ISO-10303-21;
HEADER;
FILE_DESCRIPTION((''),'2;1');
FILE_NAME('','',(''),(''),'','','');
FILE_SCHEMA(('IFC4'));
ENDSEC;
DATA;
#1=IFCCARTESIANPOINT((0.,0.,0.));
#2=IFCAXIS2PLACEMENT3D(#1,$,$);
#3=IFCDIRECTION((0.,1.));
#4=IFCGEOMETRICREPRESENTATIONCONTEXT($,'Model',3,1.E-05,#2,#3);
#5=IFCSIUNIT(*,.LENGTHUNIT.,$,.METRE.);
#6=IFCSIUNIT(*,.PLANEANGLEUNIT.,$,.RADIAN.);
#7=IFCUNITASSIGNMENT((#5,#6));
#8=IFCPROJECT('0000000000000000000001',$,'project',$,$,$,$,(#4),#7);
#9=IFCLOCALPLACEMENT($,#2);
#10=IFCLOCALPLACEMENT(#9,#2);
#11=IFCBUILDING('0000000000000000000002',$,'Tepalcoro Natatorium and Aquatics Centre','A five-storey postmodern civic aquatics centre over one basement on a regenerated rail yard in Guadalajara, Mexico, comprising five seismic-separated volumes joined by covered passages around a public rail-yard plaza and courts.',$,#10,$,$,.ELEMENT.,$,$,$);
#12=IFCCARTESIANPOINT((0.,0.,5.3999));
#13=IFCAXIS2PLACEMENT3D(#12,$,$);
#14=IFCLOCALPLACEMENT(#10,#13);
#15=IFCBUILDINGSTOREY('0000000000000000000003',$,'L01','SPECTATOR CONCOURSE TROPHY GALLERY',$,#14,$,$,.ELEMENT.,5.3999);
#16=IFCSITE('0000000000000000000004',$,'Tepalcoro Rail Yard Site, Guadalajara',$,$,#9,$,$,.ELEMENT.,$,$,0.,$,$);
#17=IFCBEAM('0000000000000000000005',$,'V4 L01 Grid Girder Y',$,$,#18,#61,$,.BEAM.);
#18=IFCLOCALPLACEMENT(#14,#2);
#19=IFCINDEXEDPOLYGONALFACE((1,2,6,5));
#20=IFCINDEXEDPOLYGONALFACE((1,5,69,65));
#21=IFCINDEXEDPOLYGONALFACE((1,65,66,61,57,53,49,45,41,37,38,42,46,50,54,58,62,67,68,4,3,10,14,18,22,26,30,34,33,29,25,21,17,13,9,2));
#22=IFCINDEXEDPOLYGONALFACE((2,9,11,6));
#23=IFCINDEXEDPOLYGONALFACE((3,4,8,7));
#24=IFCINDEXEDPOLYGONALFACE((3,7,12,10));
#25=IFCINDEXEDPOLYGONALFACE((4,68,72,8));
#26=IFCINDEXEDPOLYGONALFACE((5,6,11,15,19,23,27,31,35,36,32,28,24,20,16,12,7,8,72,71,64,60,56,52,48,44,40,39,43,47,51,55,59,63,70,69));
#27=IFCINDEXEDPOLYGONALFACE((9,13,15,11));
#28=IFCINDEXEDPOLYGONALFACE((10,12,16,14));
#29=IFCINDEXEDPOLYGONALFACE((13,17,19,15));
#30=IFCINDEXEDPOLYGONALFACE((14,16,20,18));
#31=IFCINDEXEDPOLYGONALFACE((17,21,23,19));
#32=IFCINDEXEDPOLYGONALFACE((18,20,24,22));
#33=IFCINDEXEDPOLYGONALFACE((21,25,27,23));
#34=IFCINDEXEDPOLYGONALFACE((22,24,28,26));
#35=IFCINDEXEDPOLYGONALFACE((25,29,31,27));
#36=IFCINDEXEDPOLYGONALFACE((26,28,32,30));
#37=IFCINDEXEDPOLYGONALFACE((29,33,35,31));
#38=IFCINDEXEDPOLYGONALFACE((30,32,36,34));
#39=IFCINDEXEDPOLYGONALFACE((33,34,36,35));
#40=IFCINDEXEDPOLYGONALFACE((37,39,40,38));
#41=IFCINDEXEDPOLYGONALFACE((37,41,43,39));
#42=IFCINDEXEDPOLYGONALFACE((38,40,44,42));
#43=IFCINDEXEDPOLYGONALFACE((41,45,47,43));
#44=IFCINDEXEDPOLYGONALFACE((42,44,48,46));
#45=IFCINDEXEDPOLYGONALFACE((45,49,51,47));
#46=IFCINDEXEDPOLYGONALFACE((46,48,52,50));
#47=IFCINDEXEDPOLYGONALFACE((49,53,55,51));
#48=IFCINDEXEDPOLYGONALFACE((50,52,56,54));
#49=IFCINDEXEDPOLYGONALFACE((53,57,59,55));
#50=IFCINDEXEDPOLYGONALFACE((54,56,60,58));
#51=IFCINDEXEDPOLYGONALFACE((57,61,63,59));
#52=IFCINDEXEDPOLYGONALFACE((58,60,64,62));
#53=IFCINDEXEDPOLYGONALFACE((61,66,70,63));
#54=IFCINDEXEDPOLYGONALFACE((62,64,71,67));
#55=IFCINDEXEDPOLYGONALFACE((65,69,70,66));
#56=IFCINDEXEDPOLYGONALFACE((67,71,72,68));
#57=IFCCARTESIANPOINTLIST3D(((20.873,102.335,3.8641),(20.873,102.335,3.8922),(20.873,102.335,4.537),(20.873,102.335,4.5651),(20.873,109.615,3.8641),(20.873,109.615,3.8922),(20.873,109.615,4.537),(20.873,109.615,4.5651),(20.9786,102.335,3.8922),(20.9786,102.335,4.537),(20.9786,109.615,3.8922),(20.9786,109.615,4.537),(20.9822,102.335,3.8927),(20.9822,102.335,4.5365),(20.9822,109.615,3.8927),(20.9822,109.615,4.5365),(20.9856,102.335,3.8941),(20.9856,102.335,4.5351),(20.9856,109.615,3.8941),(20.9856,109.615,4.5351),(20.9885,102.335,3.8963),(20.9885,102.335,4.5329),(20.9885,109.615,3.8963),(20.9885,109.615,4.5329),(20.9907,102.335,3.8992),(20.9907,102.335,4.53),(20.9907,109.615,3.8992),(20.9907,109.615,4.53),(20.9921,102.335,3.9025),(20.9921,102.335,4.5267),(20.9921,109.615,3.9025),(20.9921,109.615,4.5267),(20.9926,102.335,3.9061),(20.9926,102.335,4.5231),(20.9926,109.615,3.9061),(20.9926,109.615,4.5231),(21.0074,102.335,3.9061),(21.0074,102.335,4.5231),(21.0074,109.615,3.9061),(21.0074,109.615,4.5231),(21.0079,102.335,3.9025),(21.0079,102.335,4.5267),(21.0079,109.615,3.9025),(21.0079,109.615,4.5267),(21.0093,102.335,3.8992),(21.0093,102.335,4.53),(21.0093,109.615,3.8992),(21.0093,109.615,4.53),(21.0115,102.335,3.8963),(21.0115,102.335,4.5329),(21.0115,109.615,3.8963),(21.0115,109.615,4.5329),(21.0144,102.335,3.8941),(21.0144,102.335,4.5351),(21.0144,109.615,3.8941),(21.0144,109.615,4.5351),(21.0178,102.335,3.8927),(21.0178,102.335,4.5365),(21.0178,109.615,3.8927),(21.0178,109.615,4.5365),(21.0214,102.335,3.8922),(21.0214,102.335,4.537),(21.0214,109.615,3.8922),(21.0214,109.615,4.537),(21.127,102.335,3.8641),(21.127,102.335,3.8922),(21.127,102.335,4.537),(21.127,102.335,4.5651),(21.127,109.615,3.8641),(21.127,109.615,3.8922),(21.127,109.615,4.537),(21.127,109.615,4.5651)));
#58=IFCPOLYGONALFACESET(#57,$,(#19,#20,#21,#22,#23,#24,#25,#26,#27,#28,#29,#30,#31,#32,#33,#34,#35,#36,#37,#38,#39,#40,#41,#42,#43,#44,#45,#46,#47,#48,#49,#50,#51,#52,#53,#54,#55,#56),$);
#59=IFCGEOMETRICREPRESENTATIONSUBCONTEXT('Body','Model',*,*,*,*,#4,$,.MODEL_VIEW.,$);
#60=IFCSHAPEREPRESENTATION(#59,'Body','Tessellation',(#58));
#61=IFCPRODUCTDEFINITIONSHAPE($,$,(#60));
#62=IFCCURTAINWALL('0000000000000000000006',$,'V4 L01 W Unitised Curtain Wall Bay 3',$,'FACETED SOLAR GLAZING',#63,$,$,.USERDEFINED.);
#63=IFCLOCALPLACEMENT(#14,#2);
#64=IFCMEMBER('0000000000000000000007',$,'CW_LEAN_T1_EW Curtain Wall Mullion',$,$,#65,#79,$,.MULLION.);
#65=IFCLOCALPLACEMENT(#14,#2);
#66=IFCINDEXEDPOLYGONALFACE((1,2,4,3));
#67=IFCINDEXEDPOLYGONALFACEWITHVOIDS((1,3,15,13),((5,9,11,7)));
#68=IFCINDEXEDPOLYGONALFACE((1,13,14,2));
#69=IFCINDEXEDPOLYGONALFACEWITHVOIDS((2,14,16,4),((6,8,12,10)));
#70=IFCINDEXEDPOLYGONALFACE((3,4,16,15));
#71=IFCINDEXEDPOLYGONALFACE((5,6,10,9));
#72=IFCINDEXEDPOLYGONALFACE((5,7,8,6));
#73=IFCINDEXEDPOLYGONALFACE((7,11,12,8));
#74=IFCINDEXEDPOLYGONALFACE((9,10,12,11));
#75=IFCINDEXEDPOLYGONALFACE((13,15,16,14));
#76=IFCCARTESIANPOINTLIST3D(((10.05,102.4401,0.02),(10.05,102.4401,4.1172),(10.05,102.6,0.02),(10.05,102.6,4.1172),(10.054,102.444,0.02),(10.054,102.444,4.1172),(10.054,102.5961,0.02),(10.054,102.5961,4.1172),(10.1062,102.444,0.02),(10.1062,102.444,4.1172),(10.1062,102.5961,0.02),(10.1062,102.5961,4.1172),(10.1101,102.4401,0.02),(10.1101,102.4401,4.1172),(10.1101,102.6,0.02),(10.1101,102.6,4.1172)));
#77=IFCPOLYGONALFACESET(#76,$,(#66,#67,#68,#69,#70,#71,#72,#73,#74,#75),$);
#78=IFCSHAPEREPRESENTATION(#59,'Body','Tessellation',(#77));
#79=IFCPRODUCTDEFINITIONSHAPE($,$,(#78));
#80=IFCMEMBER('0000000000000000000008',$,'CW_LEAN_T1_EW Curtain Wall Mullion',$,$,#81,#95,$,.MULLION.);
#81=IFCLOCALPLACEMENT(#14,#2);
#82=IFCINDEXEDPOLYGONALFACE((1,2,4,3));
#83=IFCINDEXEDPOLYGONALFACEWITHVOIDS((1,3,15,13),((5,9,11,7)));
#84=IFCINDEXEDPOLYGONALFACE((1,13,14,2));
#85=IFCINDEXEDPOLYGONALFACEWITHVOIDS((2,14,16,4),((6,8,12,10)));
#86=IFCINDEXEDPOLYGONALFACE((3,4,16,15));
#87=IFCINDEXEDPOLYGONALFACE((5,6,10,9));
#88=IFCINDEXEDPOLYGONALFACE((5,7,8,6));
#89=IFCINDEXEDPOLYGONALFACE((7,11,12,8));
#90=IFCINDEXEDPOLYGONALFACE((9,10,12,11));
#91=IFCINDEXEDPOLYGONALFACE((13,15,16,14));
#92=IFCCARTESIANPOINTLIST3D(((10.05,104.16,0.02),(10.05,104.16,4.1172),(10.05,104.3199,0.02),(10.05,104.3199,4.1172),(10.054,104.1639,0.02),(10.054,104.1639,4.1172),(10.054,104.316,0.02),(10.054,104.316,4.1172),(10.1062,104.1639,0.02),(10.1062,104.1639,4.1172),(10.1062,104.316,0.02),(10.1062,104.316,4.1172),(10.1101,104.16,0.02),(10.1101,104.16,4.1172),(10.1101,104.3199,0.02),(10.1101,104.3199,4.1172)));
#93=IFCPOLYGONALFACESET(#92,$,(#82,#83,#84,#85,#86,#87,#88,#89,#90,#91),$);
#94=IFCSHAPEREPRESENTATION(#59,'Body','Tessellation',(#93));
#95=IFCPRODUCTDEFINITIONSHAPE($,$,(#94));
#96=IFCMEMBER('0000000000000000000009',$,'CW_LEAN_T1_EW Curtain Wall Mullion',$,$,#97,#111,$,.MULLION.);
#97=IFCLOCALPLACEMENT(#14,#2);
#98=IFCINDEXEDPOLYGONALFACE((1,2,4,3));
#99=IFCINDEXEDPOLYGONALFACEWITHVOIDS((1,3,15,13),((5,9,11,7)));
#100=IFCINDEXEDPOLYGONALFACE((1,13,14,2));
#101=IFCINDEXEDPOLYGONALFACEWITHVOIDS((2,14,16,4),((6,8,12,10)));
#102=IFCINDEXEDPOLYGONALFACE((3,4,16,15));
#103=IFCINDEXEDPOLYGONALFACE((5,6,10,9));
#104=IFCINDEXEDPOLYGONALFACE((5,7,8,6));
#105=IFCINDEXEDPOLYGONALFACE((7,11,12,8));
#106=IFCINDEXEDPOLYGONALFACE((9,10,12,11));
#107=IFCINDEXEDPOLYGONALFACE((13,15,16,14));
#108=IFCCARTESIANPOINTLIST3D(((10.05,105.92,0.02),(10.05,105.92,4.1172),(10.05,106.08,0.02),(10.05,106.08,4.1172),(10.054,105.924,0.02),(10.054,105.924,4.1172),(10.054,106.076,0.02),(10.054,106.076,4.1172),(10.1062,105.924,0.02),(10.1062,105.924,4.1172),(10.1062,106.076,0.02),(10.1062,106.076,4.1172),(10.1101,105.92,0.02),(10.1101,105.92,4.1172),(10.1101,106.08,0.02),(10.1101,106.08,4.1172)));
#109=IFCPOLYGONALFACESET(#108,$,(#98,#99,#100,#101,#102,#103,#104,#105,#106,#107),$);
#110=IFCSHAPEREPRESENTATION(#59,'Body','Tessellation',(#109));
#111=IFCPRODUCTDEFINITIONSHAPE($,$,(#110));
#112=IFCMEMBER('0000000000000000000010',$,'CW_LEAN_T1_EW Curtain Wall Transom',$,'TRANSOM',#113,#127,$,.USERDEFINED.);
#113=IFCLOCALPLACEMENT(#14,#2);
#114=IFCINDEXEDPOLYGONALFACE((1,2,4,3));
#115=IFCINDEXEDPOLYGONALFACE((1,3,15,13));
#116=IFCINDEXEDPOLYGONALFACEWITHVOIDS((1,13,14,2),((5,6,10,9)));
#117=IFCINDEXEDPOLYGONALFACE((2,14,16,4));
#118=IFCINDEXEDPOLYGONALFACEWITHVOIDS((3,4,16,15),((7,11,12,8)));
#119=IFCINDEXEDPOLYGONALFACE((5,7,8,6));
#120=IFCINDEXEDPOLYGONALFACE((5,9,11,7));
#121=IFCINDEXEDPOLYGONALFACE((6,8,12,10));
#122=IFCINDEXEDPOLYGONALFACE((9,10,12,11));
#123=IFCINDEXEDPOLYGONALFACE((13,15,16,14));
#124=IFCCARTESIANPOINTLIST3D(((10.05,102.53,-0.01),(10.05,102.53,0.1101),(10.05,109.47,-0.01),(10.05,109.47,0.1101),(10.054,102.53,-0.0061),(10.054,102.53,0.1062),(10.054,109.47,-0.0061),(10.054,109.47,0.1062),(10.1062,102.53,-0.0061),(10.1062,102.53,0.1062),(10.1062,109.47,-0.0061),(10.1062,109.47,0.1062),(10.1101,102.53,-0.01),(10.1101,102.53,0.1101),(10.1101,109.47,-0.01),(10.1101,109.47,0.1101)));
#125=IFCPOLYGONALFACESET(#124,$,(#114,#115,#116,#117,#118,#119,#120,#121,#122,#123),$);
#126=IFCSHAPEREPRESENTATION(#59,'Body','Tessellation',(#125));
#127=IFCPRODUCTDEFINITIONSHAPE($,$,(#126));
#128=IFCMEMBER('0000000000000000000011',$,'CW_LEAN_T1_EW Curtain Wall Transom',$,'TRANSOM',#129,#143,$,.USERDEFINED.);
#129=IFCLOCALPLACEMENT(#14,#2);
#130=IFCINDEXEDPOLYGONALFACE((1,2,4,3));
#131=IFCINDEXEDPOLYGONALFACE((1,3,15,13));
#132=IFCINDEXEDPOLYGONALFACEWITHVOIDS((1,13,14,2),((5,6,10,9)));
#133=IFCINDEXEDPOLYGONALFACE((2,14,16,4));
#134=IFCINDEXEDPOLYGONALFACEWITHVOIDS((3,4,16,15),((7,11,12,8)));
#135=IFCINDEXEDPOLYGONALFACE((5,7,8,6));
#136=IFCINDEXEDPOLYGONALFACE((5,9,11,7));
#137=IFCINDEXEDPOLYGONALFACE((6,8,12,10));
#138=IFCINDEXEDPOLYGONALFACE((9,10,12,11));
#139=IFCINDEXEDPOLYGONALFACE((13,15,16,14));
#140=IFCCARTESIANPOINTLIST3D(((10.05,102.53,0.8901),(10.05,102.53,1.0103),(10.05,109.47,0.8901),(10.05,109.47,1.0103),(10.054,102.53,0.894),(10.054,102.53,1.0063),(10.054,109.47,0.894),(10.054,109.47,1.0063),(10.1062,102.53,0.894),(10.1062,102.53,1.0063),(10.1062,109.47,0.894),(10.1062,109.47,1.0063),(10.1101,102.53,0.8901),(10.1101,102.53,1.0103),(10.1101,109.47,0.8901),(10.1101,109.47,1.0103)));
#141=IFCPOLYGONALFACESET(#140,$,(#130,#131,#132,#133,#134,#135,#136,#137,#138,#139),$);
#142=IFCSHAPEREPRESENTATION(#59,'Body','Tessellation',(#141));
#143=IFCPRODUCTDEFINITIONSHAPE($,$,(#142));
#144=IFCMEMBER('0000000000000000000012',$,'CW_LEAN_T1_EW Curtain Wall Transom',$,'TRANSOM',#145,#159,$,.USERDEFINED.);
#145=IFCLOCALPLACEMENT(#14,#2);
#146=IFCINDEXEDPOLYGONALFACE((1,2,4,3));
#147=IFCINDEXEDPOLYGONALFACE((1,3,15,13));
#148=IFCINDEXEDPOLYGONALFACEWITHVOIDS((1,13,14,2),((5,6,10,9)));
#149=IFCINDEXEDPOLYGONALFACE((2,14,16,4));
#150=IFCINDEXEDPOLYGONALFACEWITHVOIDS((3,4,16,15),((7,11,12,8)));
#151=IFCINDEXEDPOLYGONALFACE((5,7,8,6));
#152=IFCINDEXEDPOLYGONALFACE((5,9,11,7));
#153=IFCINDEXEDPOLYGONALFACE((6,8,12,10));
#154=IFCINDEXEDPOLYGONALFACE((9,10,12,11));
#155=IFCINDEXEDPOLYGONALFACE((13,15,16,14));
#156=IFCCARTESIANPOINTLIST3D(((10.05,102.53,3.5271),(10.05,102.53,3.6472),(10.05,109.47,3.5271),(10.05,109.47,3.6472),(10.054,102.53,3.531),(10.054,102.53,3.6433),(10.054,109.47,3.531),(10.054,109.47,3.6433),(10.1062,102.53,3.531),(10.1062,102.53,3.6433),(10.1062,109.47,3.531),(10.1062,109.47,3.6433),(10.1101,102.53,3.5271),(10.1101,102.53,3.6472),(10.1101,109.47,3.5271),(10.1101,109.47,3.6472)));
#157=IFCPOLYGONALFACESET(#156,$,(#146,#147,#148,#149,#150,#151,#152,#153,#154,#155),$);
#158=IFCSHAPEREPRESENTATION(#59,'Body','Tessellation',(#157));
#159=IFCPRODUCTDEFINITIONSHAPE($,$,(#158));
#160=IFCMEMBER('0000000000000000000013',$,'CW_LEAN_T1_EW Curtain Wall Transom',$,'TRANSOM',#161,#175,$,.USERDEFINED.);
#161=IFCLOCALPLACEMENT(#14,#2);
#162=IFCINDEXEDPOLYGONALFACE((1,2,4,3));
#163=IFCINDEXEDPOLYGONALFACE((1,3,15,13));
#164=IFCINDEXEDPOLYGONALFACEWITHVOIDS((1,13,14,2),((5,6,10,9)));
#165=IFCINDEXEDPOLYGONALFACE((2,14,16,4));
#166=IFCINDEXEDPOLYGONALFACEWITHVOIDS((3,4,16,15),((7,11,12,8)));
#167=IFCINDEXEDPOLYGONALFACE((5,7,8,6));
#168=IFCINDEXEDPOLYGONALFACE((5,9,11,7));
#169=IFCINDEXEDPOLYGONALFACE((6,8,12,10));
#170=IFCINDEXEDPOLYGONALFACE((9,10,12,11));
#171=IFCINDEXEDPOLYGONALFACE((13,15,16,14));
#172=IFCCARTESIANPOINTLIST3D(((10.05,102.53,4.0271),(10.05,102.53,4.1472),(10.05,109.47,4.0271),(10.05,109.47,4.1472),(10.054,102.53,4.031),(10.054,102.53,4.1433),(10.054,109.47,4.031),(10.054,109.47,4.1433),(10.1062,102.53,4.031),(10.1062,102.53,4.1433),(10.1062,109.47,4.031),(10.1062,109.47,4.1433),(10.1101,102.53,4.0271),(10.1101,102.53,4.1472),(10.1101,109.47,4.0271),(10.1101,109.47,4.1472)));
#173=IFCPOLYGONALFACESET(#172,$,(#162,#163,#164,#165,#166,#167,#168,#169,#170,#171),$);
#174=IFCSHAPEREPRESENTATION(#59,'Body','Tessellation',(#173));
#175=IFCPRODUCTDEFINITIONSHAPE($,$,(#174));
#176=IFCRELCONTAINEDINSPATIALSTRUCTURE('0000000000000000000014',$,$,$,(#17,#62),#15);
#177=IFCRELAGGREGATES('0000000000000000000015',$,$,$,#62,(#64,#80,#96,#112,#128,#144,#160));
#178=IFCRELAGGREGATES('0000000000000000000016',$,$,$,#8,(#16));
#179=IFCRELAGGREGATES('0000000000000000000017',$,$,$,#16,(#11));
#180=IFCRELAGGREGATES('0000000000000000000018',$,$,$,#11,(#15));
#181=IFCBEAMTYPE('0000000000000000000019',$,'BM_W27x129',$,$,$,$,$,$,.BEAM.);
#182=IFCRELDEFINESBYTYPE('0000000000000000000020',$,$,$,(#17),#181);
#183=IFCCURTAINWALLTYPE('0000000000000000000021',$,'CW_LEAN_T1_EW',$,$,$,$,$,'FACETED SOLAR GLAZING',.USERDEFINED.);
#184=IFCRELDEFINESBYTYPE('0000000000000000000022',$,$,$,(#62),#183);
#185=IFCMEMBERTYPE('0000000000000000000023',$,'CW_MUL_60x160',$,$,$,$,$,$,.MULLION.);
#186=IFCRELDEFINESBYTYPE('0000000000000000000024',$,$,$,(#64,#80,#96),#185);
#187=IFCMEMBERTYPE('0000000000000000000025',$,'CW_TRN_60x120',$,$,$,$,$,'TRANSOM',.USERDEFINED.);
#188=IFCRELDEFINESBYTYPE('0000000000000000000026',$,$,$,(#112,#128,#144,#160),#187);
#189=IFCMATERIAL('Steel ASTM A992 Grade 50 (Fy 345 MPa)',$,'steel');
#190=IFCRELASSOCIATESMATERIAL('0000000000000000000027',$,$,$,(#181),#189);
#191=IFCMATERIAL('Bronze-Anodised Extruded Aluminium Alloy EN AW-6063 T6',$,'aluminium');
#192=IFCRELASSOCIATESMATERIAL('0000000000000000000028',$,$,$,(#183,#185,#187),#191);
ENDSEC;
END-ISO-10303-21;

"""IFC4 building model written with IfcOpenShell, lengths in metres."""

from ifc_helpers import new_model, si_unit, direction, frame, origin, origin_2d, place, context, subcontext, project, spatial, hollow_rectangle, i_section, extrude, material, material_profile, profile_set, type_object, element, aggregate, save


model = new_model("IFC4")

# Units and contexts
model_context = context("Model", 3, precision=1e-05, world=origin(), true_north=direction((0.0, 1.0)))
body_context = subcontext(model_context, "Body", "Model", "MODEL_VIEW")
ifc_project = project(units=[si_unit("LENGTHUNIT", "METRE"), si_unit("PLANEANGLEUNIT", "RADIAN")], contexts=[model_context])

# Site, building, storey
site_placement = place(None, origin())
site = spatial("IfcSite", under=ifc_project, at=site_placement, Name="Tepalcoro Rail Yard Site, Guadalajara", CompositionType="ELEMENT", RefElevation=0.0)
building_placement = place(site_placement, origin())
building = spatial("IfcBuilding", under=site, at=building_placement, Name="Tepalcoro Natatorium and Aquatics Centre", Description="A five-storey postmodern civic aquatics centre over one basement on a regenerated rail yard in Guadalajara, Mexico, comprising five seismic-separated volumes joined by covered passages around a public rail-yard plaza and courts.", CompositionType="ELEMENT")
storey_placement = place(building_placement, frame((0.0, 0.0, 5.3999)))
storey = spatial("IfcBuildingStorey", under=building, at=storey_placement, Name="L01", Description="SPECTATOR CONCOURSE TROPHY GALLERY", CompositionType="ELEMENT", Elevation=5.3999)

# Beam
ifc_material_1 = material(Name="Steel ASTM A992 Grade 50 (Fy 345 MPa)", Category="steel")
ifc_material_profile_1 = material_profile(ifc_material_1, i_section(OverallWidth=0.2539, OverallDepth=0.7009, WebThickness=0.0149, FlangeThickness=0.0281, FilletRadius=0.0139, at=origin_2d()), Name="W27X129")
ifc_profile_set_1 = profile_set([ifc_material_profile_1], Name="Steel ASTM A992 Grade 50 (Fy 345 MPa)")
beam_type_1 = type_object("IfcBeamType", Name="BM_W27x129", PredefinedType="BEAM", material=ifc_profile_set_1)
beam_1_placement = place(storey_placement, frame((21.0, 102.335, 4.2146), z_axis=(0.0, 1.0, 0.0), x_axis=(-1.0, 0.0, 0.0)))
element("IfcBeam", 1, at=beam_1_placement, inside=storey, type_object=beam_type_1, Name="V4 L01 Grid Girder Y", PredefinedType="BEAM", context=body_context, shape_type="SweptSolid", body=[
    extrude(i_section(OverallWidth=0.2539, OverallDepth=0.7009, WebThickness=0.0149, FlangeThickness=0.0281, FilletRadius=0.0139, at=origin_2d()), origin(), (0.0, 0.0, 1.0), 7.28),
])

# Curtain wall, members
ifc_material_2 = material(Name="Bronze-Anodised Extruded Aluminium Alloy EN AW-6063 T6", Category="aluminium")
curtain_wall_type = type_object("IfcCurtainWallType", Name="CW_LEAN_T1_EW", ElementType="FACETED SOLAR GLAZING", PredefinedType="USERDEFINED", material=ifc_material_2)
curtain_wall_placement = place(storey_placement, origin())
curtain_wall = element("IfcCurtainWall", 2, at=curtain_wall_placement, inside=storey, type_object=curtain_wall_type, Name="V4 L01 W Unitised Curtain Wall Bay 3", ObjectType="FACETED SOLAR GLAZING", PredefinedType="USERDEFINED")
ifc_material_profile_2 = material_profile(ifc_material_2, hollow_rectangle(XDim=0.0601, YDim=0.1599, WallThickness=0.0039, at=origin_2d()), Name="AL60X160X4")
ifc_profile_set_2 = profile_set([ifc_material_profile_2], Name="Bronze-Anodised Extruded Aluminium Alloy EN AW-6063 T6")
member_type_1 = type_object("IfcMemberType", Name="CW_MUL_60x160", PredefinedType="MULLION", material=ifc_profile_set_2)
member_1_placement = place(storey_placement, frame((10.0801, 102.52, 0.02), z_axis=(0.0, 0.0, 1.0), x_axis=(1.0, 0.0, 0.0)))
member_1 = element("IfcMember", 3, at=member_1_placement, type_object=member_type_1, Name="CW_LEAN_T1_EW Curtain Wall Mullion", PredefinedType="MULLION", context=body_context, shape_type="SweptSolid", body=[
    extrude(hollow_rectangle(XDim=0.0601, YDim=0.1599, WallThickness=0.0039, at=origin_2d()), origin(), (0.0, 0.0, 1.0), 4.0972),
])
member_2_placement = place(storey_placement, frame((10.0801, 104.24, 0.02), z_axis=(0.0, 0.0, 1.0), x_axis=(1.0, 0.0, 0.0)))
member_2 = element("IfcMember", 4, at=member_2_placement, type_object=member_type_1, Name="CW_LEAN_T1_EW Curtain Wall Mullion", PredefinedType="MULLION", context=body_context, shape_type="SweptSolid", body=[
    extrude(hollow_rectangle(XDim=0.0601, YDim=0.1599, WallThickness=0.0039, at=origin_2d()), origin(), (0.0, 0.0, 1.0), 4.0972),
])
member_3_placement = place(storey_placement, frame((10.0801, 106.0, 0.02), z_axis=(0.0, 0.0, 1.0), x_axis=(1.0, 0.0, 0.0)))
member_3 = element("IfcMember", 5, at=member_3_placement, type_object=member_type_1, Name="CW_LEAN_T1_EW Curtain Wall Mullion", PredefinedType="MULLION", context=body_context, shape_type="SweptSolid", body=[
    extrude(hollow_rectangle(XDim=0.0601, YDim=0.1599, WallThickness=0.0039, at=origin_2d()), origin(), (0.0, 0.0, 1.0), 4.0972),
])
ifc_material_profile_3 = material_profile(ifc_material_2, hollow_rectangle(XDim=0.0601, YDim=0.1201, WallThickness=0.0039, at=origin_2d()), Name="AL60X120X4")
ifc_profile_set_3 = profile_set([ifc_material_profile_3], Name="Bronze-Anodised Extruded Aluminium Alloy EN AW-6063 T6")
member_type_2 = type_object("IfcMemberType", Name="CW_TRN_60x120", ElementType="TRANSOM", PredefinedType="USERDEFINED", material=ifc_profile_set_3)
member_4_placement = place(storey_placement, frame((10.0801, 102.53, 0.05), z_axis=(0.0, 1.0, 0.0), x_axis=(-1.0, 0.0, 0.0)))
member_4 = element("IfcMember", 6, at=member_4_placement, type_object=member_type_2, Name="CW_LEAN_T1_EW Curtain Wall Transom", ObjectType="TRANSOM", PredefinedType="USERDEFINED", context=body_context, shape_type="SweptSolid", body=[
    extrude(hollow_rectangle(XDim=0.0601, YDim=0.1201, WallThickness=0.0039, at=origin_2d()), origin(), (0.0, 0.0, 1.0), 6.9399),
])
member_5_placement = place(storey_placement, frame((10.0801, 102.53, 0.9502), z_axis=(0.0, 1.0, 0.0), x_axis=(-1.0, 0.0, 0.0)))
member_5 = element("IfcMember", 7, at=member_5_placement, type_object=member_type_2, Name="CW_LEAN_T1_EW Curtain Wall Transom", ObjectType="TRANSOM", PredefinedType="USERDEFINED", context=body_context, shape_type="SweptSolid", body=[
    extrude(hollow_rectangle(XDim=0.0601, YDim=0.1201, WallThickness=0.0039, at=origin_2d()), origin(), (0.0, 0.0, 1.0), 6.9399),
])
member_6_placement = place(storey_placement, frame((10.0801, 102.53, 3.5872), z_axis=(0.0, 1.0, 0.0), x_axis=(-1.0, 0.0, 0.0)))
member_6 = element("IfcMember", 8, at=member_6_placement, type_object=member_type_2, Name="CW_LEAN_T1_EW Curtain Wall Transom", ObjectType="TRANSOM", PredefinedType="USERDEFINED", context=body_context, shape_type="SweptSolid", body=[
    extrude(hollow_rectangle(XDim=0.0601, YDim=0.1201, WallThickness=0.0039, at=origin_2d()), origin(), (0.0, 0.0, 1.0), 6.9399),
])
member_7_placement = place(storey_placement, frame((10.0801, 102.53, 4.0872), z_axis=(0.0, 1.0, 0.0), x_axis=(-1.0, 0.0, 0.0)))
member_7 = element("IfcMember", 9, at=member_7_placement, type_object=member_type_2, Name="CW_LEAN_T1_EW Curtain Wall Transom", ObjectType="TRANSOM", PredefinedType="USERDEFINED", context=body_context, shape_type="SweptSolid", body=[
    extrude(hollow_rectangle(XDim=0.0601, YDim=0.1201, WallThickness=0.0039, at=origin_2d()), origin(), (0.0, 0.0, 1.0), 6.9399),
])

aggregate(curtain_wall, [member_1, member_2, member_3, member_4, member_5, member_6, member_7])

save(model, "model.ifc")
